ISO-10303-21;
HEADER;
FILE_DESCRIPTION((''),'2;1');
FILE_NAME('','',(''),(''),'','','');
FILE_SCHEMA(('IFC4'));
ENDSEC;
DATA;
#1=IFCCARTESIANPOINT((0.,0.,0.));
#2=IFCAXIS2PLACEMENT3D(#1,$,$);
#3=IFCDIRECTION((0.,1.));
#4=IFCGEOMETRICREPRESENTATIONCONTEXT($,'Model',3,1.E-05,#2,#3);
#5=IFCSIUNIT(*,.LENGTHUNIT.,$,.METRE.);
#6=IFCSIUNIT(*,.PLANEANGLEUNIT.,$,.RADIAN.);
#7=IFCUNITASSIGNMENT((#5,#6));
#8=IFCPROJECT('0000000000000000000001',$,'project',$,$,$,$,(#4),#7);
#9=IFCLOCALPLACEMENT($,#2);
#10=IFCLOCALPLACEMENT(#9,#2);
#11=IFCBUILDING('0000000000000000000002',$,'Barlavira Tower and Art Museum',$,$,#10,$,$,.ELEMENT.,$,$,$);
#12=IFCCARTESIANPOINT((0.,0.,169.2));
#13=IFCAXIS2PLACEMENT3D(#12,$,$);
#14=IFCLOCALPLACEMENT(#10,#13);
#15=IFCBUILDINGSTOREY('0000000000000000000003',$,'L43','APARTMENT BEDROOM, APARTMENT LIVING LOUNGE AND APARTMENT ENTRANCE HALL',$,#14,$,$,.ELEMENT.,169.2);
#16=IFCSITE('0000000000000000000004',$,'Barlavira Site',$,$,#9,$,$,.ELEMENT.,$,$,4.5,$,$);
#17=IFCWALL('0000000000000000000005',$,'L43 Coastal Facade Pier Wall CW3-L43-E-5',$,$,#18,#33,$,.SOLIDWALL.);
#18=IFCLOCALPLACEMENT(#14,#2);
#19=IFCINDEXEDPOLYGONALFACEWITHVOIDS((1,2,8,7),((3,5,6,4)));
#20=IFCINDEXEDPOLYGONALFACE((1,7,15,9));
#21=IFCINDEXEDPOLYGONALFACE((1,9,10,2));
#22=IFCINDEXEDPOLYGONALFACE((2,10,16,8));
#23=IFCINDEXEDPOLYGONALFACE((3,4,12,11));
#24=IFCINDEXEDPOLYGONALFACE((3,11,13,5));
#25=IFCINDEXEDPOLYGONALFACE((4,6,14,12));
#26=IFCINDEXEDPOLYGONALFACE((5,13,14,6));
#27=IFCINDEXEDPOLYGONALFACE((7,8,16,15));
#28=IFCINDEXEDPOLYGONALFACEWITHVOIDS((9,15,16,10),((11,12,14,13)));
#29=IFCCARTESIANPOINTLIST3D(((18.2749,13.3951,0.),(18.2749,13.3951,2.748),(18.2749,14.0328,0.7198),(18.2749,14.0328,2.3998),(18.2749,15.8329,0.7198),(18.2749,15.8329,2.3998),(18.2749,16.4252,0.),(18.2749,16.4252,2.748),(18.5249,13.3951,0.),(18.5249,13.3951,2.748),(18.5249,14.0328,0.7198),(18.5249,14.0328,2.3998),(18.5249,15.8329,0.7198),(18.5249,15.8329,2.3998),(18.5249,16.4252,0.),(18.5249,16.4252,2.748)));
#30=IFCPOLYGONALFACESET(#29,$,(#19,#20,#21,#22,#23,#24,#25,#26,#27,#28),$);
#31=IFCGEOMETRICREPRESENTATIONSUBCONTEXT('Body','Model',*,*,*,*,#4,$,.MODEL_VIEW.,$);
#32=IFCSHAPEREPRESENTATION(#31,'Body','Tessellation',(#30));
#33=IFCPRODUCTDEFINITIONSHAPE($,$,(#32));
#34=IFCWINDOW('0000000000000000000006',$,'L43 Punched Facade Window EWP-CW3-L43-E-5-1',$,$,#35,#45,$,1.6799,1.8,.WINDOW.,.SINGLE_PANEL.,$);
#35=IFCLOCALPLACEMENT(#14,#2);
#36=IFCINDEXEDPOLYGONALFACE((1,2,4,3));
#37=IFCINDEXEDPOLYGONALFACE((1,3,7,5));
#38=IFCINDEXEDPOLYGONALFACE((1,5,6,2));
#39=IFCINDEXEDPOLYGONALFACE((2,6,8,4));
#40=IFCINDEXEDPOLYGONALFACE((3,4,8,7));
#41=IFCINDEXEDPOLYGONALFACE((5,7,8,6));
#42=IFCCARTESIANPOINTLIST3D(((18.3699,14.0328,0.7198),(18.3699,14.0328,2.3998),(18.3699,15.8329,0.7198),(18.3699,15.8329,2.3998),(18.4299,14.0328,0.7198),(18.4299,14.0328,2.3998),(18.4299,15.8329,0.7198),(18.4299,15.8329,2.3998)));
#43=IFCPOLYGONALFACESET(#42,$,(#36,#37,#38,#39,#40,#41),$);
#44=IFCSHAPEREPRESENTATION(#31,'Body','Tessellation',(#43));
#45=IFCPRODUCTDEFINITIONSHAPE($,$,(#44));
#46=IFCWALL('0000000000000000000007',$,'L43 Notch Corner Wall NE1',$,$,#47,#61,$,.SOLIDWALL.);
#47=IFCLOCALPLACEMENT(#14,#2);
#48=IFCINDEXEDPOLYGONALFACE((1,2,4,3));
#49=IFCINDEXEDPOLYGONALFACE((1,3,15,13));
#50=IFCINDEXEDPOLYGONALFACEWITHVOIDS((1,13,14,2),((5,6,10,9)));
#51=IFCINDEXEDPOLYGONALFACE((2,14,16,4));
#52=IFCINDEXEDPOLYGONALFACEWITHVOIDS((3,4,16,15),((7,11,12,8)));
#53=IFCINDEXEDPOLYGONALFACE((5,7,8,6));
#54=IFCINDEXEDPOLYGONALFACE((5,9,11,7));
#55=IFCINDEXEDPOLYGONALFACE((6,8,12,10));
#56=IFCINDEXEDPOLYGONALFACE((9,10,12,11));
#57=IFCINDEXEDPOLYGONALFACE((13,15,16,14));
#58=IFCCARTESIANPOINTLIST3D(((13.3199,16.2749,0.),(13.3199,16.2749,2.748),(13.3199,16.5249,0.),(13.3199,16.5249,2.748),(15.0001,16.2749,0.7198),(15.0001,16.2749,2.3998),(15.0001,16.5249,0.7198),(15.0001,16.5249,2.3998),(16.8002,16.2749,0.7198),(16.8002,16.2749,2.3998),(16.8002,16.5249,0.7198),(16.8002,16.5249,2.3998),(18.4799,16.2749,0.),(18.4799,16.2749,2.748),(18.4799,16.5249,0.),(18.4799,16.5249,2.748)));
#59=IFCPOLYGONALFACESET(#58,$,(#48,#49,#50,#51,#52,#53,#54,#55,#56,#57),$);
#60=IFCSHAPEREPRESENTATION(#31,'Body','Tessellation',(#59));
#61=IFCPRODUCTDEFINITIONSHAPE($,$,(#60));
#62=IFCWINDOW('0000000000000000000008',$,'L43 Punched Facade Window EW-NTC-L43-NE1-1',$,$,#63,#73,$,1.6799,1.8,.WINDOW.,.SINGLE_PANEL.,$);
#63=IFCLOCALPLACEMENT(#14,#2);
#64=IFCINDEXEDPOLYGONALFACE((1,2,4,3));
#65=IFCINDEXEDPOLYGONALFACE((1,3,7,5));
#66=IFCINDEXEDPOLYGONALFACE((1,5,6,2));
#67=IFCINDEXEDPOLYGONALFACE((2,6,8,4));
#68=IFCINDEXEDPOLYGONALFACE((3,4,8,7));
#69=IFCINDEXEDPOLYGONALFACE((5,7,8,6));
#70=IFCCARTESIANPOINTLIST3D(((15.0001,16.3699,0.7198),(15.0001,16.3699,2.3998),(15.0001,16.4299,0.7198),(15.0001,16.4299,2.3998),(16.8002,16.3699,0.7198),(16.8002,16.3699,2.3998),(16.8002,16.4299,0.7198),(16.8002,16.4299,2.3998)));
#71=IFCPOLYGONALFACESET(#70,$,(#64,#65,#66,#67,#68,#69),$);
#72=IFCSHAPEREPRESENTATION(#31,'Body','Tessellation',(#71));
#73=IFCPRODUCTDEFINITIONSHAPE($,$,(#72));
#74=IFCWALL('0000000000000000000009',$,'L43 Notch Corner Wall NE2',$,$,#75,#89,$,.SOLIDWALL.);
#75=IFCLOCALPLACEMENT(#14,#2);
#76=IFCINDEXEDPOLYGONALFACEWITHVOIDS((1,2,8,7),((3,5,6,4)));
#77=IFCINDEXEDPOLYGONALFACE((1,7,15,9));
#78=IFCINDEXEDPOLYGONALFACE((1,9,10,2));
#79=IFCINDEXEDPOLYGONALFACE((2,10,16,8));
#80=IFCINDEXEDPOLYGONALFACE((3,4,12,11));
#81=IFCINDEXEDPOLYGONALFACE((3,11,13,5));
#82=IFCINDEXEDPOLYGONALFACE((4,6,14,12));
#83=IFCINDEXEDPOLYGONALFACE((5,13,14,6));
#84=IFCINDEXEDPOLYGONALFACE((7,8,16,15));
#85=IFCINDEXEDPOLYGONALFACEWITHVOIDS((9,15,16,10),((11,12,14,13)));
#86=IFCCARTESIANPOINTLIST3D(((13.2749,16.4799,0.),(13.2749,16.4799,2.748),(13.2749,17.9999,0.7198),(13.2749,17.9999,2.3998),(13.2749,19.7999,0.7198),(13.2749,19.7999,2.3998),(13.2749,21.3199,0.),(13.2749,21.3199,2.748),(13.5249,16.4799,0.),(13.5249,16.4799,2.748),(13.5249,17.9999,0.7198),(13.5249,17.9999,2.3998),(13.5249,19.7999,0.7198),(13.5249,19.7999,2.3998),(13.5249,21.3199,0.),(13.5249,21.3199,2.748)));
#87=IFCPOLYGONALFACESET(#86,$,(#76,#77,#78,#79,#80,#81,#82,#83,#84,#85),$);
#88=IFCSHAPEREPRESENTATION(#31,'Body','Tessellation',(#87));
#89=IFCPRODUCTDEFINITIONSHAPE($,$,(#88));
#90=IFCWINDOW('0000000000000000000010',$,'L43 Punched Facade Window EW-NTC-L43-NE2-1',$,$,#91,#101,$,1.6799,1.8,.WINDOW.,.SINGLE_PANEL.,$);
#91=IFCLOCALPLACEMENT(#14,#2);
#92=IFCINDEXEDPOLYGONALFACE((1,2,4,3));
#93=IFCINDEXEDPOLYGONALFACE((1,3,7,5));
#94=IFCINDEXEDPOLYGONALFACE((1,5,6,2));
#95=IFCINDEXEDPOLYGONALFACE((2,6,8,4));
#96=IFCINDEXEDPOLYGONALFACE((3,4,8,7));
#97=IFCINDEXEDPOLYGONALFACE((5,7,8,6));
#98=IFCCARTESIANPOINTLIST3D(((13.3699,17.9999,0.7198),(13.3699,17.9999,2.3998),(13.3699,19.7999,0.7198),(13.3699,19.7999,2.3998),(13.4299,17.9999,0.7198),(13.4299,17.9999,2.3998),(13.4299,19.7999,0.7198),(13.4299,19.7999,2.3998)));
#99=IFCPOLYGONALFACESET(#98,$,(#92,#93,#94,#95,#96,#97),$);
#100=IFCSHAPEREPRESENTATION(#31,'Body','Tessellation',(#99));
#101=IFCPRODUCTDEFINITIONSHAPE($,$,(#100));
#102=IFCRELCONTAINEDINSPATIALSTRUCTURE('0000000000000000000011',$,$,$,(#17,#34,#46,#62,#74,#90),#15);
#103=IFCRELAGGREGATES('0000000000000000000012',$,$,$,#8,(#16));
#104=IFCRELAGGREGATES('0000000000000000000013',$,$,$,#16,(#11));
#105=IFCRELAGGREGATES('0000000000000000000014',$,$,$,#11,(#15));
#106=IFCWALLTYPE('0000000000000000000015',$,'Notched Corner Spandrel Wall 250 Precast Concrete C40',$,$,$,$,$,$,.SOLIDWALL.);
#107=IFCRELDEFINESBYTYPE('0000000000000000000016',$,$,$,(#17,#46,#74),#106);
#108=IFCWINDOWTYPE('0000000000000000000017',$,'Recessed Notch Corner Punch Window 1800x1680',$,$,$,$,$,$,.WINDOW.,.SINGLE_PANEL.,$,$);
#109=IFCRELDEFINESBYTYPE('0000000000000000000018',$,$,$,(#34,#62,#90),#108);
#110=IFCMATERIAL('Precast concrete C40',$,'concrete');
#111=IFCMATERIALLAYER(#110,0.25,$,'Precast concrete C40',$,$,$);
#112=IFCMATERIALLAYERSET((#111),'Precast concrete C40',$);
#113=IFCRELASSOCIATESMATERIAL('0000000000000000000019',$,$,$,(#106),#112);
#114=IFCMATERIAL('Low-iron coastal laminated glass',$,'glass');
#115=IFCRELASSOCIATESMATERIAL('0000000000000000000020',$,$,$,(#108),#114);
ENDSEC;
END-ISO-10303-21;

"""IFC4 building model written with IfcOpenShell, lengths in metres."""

from ifc_helpers import new_model, si_unit, direction, frame, frame_2d, origin, place, context, subcontext, project, spatial, rectangle, extrude, material, layer, layer_set, type_object, element, fill, save


model = new_model("IFC4")

# Units and contexts
model_context = context("Model", 3, precision=1e-05, world=origin(), true_north=direction((0.0, 1.0)))
body_context = subcontext(model_context, "Body", "Model", "MODEL_VIEW")
ifc_project = project(units=[si_unit("LENGTHUNIT", "METRE"), si_unit("PLANEANGLEUNIT", "RADIAN")], contexts=[model_context])

# Site, building, storey
site_placement = place(None, origin())
site = spatial("IfcSite", under=ifc_project, at=site_placement, Name="Barlavira Site", CompositionType="ELEMENT", RefElevation=4.5)
building_placement = place(site_placement, origin())
building = spatial("IfcBuilding", under=site, at=building_placement, Name="Barlavira Tower and Art Museum", CompositionType="ELEMENT")
storey_placement = place(building_placement, frame((0.0, 0.0, 169.2)))
storey = spatial("IfcBuildingStorey", under=building, at=storey_placement, Name="L43", Description="APARTMENT BEDROOM, APARTMENT LIVING LOUNGE AND APARTMENT ENTRANCE HALL", CompositionType="ELEMENT", Elevation=169.2)

# Walls, openings, windows
ifc_material_1 = material(Name="Precast concrete C40", Category="concrete")
ifc_layer_1 = layer(ifc_material_1, 0.25, Name="Precast concrete C40")
ifc_layer_set_1 = layer_set([ifc_layer_1], Name="Precast concrete C40")
wall_type_1 = type_object("IfcWallType", Name="Notched Corner Spandrel Wall 250 Precast Concrete C40", PredefinedType="SOLIDWALL", material=ifc_layer_set_1)
ifc_material_2 = material(Name="Low-iron coastal laminated glass", Category="glass")
wall_1_placement = place(storey_placement, frame((18.3999, 13.395, 0.0), z_axis=(0.0, 0.0, 1.0), x_axis=(0.0, 1.0, 0.0)))
wall_1 = element("IfcWall", 1, at=wall_1_placement, inside=storey, type_object=wall_type_1, Name="L43 Coastal Facade Pier Wall CW3-L43-E-5", PredefinedType="SOLIDWALL", context=body_context, shape_type="SweptSolid", body=[
    extrude(rectangle(XDim=3.03, YDim=0.25, at=frame_2d((1.5151, 0.0))), origin(), (0.0, 0.0, 1.0), 2.748),
])
opening_1_placement = place(wall_1_placement, frame((0.6379, 0.0, 0.72)))
opening_1 = element("IfcOpeningElement", 2, at=opening_1_placement, cuts=wall_1, PredefinedType="OPENING", context=body_context, shape_type="SweptSolid", body=[
    extrude(rectangle(XDim=1.8, YDim=1.6799, at=frame_2d((0.8999, 0.8398))), frame((0.0, 0.135, 0.0), z_axis=(0.0, -1.0, 0.0), x_axis=(1.0, 0.0, 0.0)), (0.0, 0.0, 1.0), 0.27),
])
window_type_1 = type_object("IfcWindowType", Name="Recessed Notch Corner Punch Window 1800x1680", PartitioningType="SINGLE_PANEL", PredefinedType="WINDOW", material=ifc_material_2)
window_1_placement = place(opening_1_placement, origin())
window_1 = element("IfcWindow", 3, at=window_1_placement, inside=storey, type_object=window_type_1, Name="L43 Punched Facade Window EWP-CW3-L43-E-5-1", OverallHeight=1.6799, OverallWidth=1.8, PartitioningType="SINGLE_PANEL", PredefinedType="WINDOW", context=body_context, shape_type="SweptSolid", body=[
    extrude(rectangle(XDim=1.8, YDim=1.6799, at=frame_2d((0.8999, 0.8398))), frame((0.0, 0.03, 0.0), z_axis=(0.0, -1.0, 0.0), x_axis=(1.0, 0.0, 0.0)), (0.0, 0.0, 1.0), 0.0601),
])
fill(opening_1, window_1)
wall_2_placement = place(storey_placement, frame((18.48, 16.3999, 0.0), z_axis=(0.0, 0.0, 1.0), x_axis=(-1.0, 0.0, 0.0)))
wall_2 = element("IfcWall", 4, at=wall_2_placement, inside=storey, type_object=wall_type_1, Name="L43 Notch Corner Wall NE1", PredefinedType="SOLIDWALL", context=body_context, shape_type="SweptSolid", body=[
    extrude(rectangle(XDim=5.1599, YDim=0.25, at=frame_2d((2.5801, 0.0))), origin(), (0.0, 0.0, 1.0), 2.748),
])
opening_2_placement = place(wall_2_placement, frame((1.6799, 0.0, 0.72)))
opening_2 = element("IfcOpeningElement", 5, at=opening_2_placement, cuts=wall_2, PredefinedType="OPENING", context=body_context, shape_type="SweptSolid", body=[
    extrude(rectangle(XDim=1.8, YDim=1.6799, at=frame_2d((0.8999, 0.8398))), frame((0.0, 0.135, 0.0), z_axis=(0.0, -1.0, 0.0), x_axis=(1.0, 0.0, 0.0)), (0.0, 0.0, 1.0), 0.27),
])
window_2_placement = place(opening_2_placement, origin())
window_2 = element("IfcWindow", 6, at=window_2_placement, inside=storey, type_object=window_type_1, Name="L43 Punched Facade Window EW-NTC-L43-NE1-1", OverallHeight=1.6799, OverallWidth=1.8, PartitioningType="SINGLE_PANEL", PredefinedType="WINDOW", context=body_context, shape_type="SweptSolid", body=[
    extrude(rectangle(XDim=1.8, YDim=1.6799, at=frame_2d((0.8999, 0.8398))), frame((0.0, 0.03, 0.0), z_axis=(0.0, -1.0, 0.0), x_axis=(1.0, 0.0, 0.0)), (0.0, 0.0, 1.0), 0.0601),
])
fill(opening_2, window_2)
wall_3_placement = place(storey_placement, frame((13.3999, 16.48, 0.0), z_axis=(0.0, 0.0, 1.0), x_axis=(0.0, 1.0, 0.0)))
wall_3 = element("IfcWall", 7, at=wall_3_placement, inside=storey, type_object=wall_type_1, Name="L43 Notch Corner Wall NE2", PredefinedType="SOLIDWALL", context=body_context, shape_type="SweptSolid", body=[
    extrude(rectangle(XDim=4.8401, YDim=0.25, at=frame_2d((2.4199, 0.0))), origin(), (0.0, 0.0, 1.0), 2.748),
])
opening_3_placement = place(wall_3_placement, frame((1.52, 0.0, 0.72)))
opening_3 = element("IfcOpeningElement", 8, at=opening_3_placement, cuts=wall_3, PredefinedType="OPENING", context=body_context, shape_type="SweptSolid", body=[
    extrude(rectangle(XDim=1.8, YDim=1.6799, at=frame_2d((0.8999, 0.8398))), frame((0.0, 0.135, 0.0), z_axis=(0.0, -1.0, 0.0), x_axis=(1.0, 0.0, 0.0)), (0.0, 0.0, 1.0), 0.27),
])
window_3_placement = place(opening_3_placement, origin())
window_3 = element("IfcWindow", 9, at=window_3_placement, inside=storey, type_object=window_type_1, Name="L43 Punched Facade Window EW-NTC-L43-NE2-1", OverallHeight=1.6799, OverallWidth=1.8, PartitioningType="SINGLE_PANEL", PredefinedType="WINDOW", context=body_context, shape_type="SweptSolid", body=[
    extrude(rectangle(XDim=1.8, YDim=1.6799, at=frame_2d((0.8999, 0.8398))), frame((0.0, 0.03, 0.0), z_axis=(0.0, -1.0, 0.0), x_axis=(1.0, 0.0, 0.0)), (0.0, 0.0, 1.0), 0.0601),
])
fill(opening_3, window_3)

save(model, "model.ifc")
